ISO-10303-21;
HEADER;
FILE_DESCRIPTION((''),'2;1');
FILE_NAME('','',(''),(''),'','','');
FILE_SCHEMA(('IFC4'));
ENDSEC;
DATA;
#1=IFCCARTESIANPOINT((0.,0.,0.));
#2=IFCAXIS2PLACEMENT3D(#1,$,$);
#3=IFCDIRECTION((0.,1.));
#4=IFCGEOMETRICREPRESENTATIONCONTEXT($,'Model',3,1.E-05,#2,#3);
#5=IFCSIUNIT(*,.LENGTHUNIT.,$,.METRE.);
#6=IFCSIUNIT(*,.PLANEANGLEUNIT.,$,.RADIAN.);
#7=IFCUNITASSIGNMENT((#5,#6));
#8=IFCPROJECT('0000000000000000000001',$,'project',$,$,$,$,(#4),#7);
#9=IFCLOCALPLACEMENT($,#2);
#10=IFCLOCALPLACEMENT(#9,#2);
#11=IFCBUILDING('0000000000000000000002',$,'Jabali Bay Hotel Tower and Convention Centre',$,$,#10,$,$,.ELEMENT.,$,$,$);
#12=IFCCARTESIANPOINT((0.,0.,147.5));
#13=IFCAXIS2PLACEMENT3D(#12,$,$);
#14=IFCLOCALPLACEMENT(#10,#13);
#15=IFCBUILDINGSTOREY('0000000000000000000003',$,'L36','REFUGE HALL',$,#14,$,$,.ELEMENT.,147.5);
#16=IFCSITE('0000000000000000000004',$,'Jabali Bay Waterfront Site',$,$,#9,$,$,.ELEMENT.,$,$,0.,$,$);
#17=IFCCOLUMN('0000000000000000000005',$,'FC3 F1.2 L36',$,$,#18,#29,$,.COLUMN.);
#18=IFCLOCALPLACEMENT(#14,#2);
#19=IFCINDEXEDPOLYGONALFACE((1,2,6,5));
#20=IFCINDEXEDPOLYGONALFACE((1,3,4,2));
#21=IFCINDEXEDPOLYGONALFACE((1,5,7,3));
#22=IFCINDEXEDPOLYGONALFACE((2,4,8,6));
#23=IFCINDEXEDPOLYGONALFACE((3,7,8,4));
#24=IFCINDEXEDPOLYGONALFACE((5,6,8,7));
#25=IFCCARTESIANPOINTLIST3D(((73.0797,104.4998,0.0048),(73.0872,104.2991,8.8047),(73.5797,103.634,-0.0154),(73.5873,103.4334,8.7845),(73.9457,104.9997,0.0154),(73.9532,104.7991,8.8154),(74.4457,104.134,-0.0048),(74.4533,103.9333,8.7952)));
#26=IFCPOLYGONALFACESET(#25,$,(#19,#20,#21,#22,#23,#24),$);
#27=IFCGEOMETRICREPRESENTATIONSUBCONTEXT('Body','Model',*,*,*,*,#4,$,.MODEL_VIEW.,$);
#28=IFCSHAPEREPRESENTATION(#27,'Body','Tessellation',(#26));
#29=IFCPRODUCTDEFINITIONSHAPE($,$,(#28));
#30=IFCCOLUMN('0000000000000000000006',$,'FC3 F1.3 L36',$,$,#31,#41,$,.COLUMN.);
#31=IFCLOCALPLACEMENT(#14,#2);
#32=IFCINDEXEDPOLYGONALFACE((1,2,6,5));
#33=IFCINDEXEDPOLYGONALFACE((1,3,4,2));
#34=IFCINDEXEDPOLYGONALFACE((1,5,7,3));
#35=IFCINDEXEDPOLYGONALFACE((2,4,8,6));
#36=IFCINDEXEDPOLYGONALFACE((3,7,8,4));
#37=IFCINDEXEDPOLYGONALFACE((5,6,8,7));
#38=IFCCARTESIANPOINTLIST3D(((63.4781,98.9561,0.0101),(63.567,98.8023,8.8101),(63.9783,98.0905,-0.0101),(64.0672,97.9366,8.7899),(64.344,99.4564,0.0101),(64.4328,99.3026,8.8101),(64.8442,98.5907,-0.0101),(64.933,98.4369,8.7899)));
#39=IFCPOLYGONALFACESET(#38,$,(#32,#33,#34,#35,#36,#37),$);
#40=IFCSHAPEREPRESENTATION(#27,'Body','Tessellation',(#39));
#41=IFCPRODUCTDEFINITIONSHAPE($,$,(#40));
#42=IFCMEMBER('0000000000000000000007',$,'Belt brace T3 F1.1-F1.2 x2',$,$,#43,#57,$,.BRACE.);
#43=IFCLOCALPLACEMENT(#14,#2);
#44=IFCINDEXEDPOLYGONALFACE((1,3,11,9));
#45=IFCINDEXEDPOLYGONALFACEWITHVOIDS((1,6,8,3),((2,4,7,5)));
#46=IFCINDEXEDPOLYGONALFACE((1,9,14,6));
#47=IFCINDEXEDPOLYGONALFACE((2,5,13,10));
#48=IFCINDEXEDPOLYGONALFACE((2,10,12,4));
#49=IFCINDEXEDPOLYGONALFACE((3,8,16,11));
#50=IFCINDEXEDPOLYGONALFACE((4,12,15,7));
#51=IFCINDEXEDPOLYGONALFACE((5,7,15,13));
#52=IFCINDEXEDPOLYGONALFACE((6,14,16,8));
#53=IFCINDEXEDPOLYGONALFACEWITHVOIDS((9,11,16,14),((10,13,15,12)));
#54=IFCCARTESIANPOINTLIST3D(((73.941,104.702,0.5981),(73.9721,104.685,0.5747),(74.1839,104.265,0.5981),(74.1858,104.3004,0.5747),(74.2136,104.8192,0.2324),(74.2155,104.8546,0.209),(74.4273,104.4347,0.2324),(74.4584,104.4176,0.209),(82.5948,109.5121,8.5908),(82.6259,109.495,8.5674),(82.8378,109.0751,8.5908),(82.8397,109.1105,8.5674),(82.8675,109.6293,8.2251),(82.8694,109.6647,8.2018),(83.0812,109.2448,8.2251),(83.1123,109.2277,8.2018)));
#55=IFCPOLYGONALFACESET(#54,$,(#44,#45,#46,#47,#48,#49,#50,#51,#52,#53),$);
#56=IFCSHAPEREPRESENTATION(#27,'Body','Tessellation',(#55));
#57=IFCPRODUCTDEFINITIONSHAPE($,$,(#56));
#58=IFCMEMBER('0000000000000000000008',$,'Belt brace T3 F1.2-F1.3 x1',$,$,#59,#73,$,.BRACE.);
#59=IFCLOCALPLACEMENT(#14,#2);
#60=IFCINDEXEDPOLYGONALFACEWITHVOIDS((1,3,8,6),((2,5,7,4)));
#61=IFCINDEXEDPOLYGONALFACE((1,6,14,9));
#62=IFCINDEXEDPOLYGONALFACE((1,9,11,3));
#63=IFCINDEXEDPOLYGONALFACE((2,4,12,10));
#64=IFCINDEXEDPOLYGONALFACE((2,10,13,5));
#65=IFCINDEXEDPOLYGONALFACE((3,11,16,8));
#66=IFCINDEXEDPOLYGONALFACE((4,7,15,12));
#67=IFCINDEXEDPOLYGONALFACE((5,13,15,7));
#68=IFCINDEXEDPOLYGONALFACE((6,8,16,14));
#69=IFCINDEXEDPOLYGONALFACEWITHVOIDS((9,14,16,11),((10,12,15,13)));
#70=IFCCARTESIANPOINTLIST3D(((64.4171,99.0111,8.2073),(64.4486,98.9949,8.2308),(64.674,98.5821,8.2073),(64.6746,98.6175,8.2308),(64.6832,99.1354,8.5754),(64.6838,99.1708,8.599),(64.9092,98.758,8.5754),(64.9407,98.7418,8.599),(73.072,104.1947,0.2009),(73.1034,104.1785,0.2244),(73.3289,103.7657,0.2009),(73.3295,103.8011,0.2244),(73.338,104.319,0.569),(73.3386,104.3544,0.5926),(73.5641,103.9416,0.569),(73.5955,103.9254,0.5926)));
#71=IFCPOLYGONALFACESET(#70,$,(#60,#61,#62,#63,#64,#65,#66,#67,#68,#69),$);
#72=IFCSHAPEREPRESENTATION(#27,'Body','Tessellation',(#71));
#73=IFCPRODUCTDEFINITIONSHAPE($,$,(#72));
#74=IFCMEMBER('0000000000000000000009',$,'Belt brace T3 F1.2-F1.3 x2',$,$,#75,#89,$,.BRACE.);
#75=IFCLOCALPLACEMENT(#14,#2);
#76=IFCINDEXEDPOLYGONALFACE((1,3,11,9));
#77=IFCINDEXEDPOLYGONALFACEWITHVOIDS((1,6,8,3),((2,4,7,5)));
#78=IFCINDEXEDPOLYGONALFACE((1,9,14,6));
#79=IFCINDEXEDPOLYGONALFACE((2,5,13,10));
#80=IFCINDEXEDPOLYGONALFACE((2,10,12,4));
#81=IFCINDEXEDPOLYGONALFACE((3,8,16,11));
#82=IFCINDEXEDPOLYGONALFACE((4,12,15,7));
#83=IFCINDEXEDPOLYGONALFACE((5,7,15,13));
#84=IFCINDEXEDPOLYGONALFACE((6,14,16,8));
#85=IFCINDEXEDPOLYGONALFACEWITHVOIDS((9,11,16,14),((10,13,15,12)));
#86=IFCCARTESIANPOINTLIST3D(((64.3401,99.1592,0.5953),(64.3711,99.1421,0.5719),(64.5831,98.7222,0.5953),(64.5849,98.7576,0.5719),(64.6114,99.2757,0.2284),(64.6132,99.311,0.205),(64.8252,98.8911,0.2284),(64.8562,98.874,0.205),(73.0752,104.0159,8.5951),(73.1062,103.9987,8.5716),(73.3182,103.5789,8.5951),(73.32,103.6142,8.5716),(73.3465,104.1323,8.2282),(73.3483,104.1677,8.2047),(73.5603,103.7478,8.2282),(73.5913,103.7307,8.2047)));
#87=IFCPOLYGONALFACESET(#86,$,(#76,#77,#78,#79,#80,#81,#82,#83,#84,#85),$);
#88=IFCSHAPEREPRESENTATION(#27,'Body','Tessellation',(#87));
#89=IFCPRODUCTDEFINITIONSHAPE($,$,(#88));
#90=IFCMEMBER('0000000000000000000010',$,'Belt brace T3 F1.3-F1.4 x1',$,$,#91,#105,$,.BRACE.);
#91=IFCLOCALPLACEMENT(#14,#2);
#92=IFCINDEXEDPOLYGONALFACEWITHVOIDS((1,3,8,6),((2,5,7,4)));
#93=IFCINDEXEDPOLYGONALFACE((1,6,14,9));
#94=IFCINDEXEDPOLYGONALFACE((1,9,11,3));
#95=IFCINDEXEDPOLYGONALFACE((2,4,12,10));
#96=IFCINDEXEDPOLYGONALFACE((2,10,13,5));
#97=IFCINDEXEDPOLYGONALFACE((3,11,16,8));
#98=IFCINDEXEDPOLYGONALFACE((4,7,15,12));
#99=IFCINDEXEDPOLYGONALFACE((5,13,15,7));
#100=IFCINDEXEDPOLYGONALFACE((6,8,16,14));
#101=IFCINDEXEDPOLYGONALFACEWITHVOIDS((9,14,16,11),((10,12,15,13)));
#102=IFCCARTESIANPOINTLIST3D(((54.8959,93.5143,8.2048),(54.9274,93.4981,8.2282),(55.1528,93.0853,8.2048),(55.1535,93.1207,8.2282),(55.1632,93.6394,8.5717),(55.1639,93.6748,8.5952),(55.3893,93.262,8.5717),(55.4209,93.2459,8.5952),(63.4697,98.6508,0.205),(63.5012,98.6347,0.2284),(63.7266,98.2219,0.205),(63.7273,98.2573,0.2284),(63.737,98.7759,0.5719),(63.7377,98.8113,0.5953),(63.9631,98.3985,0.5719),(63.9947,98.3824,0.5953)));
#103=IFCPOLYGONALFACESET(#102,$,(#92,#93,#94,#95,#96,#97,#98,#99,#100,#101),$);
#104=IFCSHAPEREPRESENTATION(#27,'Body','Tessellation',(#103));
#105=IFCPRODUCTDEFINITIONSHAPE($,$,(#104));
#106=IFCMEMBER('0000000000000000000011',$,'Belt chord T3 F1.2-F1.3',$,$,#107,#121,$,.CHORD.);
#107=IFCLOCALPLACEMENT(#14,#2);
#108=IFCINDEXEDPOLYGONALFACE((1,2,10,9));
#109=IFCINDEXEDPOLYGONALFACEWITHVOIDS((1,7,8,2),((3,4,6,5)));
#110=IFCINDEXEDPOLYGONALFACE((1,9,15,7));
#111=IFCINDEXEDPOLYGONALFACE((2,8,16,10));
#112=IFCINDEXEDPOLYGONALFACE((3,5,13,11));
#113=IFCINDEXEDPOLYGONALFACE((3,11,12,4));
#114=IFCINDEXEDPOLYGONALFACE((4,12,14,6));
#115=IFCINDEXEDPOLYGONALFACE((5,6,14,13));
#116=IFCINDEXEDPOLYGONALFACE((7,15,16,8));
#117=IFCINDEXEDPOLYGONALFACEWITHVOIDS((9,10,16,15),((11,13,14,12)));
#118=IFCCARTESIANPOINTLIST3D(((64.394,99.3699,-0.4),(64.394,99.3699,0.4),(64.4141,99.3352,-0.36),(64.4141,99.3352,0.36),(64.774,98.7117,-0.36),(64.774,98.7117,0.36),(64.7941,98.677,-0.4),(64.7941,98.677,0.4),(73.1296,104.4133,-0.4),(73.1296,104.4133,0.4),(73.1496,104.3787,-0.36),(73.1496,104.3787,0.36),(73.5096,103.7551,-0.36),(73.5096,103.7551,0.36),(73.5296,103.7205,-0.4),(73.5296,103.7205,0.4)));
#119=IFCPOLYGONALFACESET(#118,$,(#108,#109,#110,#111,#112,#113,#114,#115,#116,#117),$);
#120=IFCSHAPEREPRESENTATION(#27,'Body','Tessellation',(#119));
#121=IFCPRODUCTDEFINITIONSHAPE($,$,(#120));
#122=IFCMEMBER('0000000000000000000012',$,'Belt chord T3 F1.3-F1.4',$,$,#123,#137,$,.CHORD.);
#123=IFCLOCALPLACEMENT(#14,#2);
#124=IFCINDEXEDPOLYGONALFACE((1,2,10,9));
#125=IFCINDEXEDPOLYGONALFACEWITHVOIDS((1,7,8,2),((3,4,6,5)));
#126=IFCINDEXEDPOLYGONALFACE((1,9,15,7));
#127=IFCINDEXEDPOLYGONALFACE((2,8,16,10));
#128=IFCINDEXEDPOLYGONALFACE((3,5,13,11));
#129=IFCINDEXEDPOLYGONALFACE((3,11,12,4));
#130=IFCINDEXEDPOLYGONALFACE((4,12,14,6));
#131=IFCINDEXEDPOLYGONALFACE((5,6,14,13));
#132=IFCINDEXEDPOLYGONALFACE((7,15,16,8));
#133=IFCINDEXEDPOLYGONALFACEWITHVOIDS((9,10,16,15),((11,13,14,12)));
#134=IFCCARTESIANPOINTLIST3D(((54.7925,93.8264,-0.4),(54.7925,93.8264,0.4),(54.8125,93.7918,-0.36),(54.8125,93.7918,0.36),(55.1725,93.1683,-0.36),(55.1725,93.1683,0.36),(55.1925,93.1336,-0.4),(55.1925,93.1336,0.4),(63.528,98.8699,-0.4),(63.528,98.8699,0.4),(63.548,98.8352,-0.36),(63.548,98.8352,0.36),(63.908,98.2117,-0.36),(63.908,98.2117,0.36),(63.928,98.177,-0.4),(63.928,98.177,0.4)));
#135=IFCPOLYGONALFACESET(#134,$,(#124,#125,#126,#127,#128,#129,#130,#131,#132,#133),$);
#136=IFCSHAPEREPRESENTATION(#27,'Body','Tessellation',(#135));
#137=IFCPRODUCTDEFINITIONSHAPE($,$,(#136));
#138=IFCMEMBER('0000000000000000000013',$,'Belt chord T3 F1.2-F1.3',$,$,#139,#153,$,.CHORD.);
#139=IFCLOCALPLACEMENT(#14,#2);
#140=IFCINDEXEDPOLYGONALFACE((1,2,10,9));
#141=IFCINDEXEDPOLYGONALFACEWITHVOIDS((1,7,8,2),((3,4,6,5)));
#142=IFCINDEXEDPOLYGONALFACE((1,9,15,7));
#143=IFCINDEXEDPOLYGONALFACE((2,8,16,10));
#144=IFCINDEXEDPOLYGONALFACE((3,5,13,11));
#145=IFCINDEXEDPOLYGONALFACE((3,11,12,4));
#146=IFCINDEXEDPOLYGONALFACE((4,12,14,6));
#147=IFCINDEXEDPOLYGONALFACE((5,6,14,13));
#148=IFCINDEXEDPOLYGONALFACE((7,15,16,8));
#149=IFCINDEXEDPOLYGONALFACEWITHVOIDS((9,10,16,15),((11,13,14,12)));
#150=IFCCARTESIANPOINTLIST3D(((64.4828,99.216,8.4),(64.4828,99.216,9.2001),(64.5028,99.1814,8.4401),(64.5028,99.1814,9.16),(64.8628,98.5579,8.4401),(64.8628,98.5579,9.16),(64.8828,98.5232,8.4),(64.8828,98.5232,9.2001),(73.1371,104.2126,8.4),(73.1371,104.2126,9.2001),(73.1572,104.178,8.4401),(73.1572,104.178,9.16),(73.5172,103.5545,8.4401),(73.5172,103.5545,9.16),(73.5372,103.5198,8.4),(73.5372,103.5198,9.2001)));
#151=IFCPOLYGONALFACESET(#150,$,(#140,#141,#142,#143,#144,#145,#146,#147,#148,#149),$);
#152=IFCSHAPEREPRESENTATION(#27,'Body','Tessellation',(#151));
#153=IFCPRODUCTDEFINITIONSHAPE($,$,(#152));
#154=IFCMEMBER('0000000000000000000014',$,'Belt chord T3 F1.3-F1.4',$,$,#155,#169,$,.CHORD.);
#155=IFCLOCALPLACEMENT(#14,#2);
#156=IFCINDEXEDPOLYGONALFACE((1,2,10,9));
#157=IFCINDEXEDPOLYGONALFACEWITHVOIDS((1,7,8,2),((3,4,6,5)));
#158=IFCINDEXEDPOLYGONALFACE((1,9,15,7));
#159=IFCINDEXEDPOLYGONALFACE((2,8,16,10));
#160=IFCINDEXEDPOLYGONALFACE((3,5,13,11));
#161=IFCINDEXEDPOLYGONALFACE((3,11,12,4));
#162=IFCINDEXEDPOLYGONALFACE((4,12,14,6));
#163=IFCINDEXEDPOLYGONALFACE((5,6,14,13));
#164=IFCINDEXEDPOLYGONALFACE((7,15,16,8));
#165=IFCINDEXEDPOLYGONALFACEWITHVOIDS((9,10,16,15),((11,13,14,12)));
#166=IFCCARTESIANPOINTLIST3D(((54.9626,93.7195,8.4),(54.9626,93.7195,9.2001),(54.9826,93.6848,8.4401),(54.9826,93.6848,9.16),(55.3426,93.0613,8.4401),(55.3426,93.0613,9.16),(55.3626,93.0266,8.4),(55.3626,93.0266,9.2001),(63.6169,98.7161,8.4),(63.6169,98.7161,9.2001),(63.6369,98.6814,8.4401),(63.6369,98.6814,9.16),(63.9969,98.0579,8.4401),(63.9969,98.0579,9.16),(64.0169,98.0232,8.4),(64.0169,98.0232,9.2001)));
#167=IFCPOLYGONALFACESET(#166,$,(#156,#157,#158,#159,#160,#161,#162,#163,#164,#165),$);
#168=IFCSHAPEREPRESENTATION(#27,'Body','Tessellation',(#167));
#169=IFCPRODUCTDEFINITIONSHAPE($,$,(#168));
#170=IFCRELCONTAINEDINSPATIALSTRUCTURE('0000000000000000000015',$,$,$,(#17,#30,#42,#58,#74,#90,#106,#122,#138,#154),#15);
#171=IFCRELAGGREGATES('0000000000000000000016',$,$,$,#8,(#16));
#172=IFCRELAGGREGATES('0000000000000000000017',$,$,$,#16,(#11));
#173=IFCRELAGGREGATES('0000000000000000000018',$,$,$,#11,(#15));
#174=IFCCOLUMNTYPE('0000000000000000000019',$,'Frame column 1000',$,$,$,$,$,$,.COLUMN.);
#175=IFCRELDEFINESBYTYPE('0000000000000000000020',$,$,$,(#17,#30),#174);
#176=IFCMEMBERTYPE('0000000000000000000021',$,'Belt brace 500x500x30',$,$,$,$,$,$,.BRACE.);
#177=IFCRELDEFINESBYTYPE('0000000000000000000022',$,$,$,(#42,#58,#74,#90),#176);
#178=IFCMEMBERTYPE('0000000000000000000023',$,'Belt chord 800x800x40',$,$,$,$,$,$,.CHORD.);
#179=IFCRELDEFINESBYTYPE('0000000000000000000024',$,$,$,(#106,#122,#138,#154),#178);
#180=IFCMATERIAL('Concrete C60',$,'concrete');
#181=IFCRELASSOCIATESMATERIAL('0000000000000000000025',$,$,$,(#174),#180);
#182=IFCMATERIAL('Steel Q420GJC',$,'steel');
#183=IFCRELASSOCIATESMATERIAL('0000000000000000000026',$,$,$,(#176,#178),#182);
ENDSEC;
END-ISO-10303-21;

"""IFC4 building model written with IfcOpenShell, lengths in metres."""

from ifc_helpers import new_model, si_unit, direction, frame, origin, origin_2d, place, context, subcontext, project, spatial, rectangle, hollow_rectangle, extrude, material, material_profile, profile_set, type_object, element, save


model = new_model("IFC4")

# Units and contexts
model_context = context("Model", 3, precision=1e-05, world=origin(), true_north=direction((0.0, 1.0)))
body_context = subcontext(model_context, "Body", "Model", "MODEL_VIEW")
ifc_project = project(units=[si_unit("LENGTHUNIT", "METRE"), si_unit("PLANEANGLEUNIT", "RADIAN")], contexts=[model_context])

# Site, building, storey
site_placement = place(None, origin())
site = spatial("IfcSite", under=ifc_project, at=site_placement, Name="Jabali Bay Waterfront Site", CompositionType="ELEMENT", RefElevation=0.0)
building_placement = place(site_placement, origin())
building = spatial("IfcBuilding", under=site, at=building_placement, Name="Jabali Bay Hotel Tower and Convention Centre", CompositionType="ELEMENT")
storey_placement = place(building_placement, frame((0.0, 0.0, 147.5)))
storey = spatial("IfcBuildingStorey", under=building, at=storey_placement, Name="L36", Description="REFUGE HALL", CompositionType="ELEMENT", Elevation=147.5)

# Columns
ifc_material_1 = material(Name="Concrete C60", Category="concrete")
ifc_material_profile_1 = material_profile(ifc_material_1, rectangle(XDim=1.0, YDim=1.0, at=origin_2d()), Name="Frame column 1000")
ifc_profile_set_1 = profile_set([ifc_material_profile_1], Name="Concrete C60")
column_type = type_object("IfcColumnType", Name="Frame column 1000", PredefinedType="COLUMN", material=ifc_profile_set_1)
column_1_placement = place(storey_placement, frame((73.7627, 104.3169, 0.0), z_axis=(0.00086, -0.022799, 0.99974), x_axis=(0.865987, 0.499953, 0.010657)))
element("IfcColumn", 1, at=column_1_placement, inside=storey, type_object=column_type, Name="FC3 F1.2 L36", PredefinedType="COLUMN", context=body_context, shape_type="SweptSolid", body=[
    extrude(rectangle(XDim=1.0, YDim=1.0, at=origin_2d()), origin(), (0.0, 0.0, 1.0), 8.8022),
])
column_2_placement = place(storey_placement, frame((64.1611, 98.7734, 0.0), z_axis=(0.010096, -0.017475, 0.999796), x_axis=(0.865863, 0.500281, 0.0)))
element("IfcColumn", 2, at=column_2_placement, inside=storey, type_object=column_type, Name="FC3 F1.3 L36", PredefinedType="COLUMN", context=body_context, shape_type="SweptSolid", body=[
    extrude(rectangle(XDim=1.0, YDim=1.0, at=origin_2d()), origin(), (0.0, 0.0, 1.0), 8.8018),
])

# Members
ifc_material_2 = material(Name="Steel Q420GJC", Category="steel")
ifc_material_profile_2 = material_profile(ifc_material_2, hollow_rectangle(XDim=0.5, YDim=0.5, WallThickness=0.03, at=origin_2d()), Name="Belt brace 500x500x30")
ifc_profile_set_2 = profile_set([ifc_material_profile_2], Name="Steel Q420GJC")
member_type_1 = type_object("IfcMemberType", Name="Belt brace 500x500x30", PredefinedType="BRACE", material=ifc_profile_set_2)
member_1_placement = place(storey_placement, frame((74.1997, 104.5598, 0.4036), z_axis=(0.680101, 0.378021, 0.628142), x_axis=(-0.485827, 0.874055, 0.0)))
element("IfcMember", 3, at=member_1_placement, inside=storey, type_object=member_type_1, Name="Belt brace T3 F1.1-F1.2 x2", PredefinedType="BRACE", context=body_context, shape_type="SweptSolid", body=[
    extrude(hollow_rectangle(XDim=0.5, YDim=0.5, WallThickness=0.03, at=origin_2d()), origin(), (0.0, 0.0, 1.0), 12.7244),
])
member_2_placement = place(storey_placement, frame((73.3337, 104.0601, 0.3967), z_axis=(-0.671992, -0.402475, 0.621644), x_axis=(0.513819, -0.857898, 0.0)))
element("IfcMember", 4, at=member_2_placement, inside=storey, type_object=member_type_1, Name="Belt brace T3 F1.2-F1.3 x1", PredefinedType="BRACE", context=body_context, shape_type="SweptSolid", body=[
    extrude(hollow_rectangle(XDim=0.5, YDim=0.5, WallThickness=0.03, at=origin_2d()), origin(), (0.0, 0.0, 1.0), 12.8794),
])
member_3_placement = place(storey_placement, frame((64.5981, 99.0166, 0.4001), z_axis=(0.682335, 0.379376, 0.624894), x_axis=(-0.485937, 0.873994, 0.0)))
element("IfcMember", 5, at=member_3_placement, inside=storey, type_object=member_type_1, Name="Belt brace T3 F1.2-F1.3 x2", PredefinedType="BRACE", context=body_context, shape_type="SweptSolid", body=[
    extrude(hollow_rectangle(XDim=0.5, YDim=0.5, WallThickness=0.03, at=origin_2d()), origin(), (0.0, 0.0, 1.0), 12.8018),
])
member_4_placement = place(storey_placement, frame((63.7322, 98.5166, 0.4001), z_axis=(-0.669724, -0.401228, 0.624889), x_axis=(0.513924, -0.857835, 0.0)))
element("IfcMember", 6, at=member_4_placement, inside=storey, type_object=member_type_1, Name="Belt brace T3 F1.3-F1.4 x1", PredefinedType="BRACE", context=body_context, shape_type="SweptSolid", body=[
    extrude(hollow_rectangle(XDim=0.5, YDim=0.5, WallThickness=0.03, at=origin_2d()), origin(), (0.0, 0.0, 1.0), 12.802),
])
ifc_material_profile_3 = material_profile(ifc_material_2, hollow_rectangle(XDim=0.8, YDim=0.8, WallThickness=0.04, at=origin_2d()), Name="Belt chord 800x800x40")
ifc_profile_set_3 = profile_set([ifc_material_profile_3], Name="Steel Q420GJC")
member_type_2 = type_object("IfcMemberType", Name="Belt chord 800x800x40", PredefinedType="CHORD", material=ifc_profile_set_3)
for number, where, z_axis, x_axis, name in (
    (7, (73.3296, 104.0669, 0.0), (-0.866027, -0.499997, 0.0), (0.499997, -0.866027, 0.0), "Belt chord T3 F1.2-F1.3"),
    (8, (63.728, 98.5234, 0.0), (-0.866027, -0.499997, 0.0), (0.499997, -0.866027, 0.0), "Belt chord T3 F1.3-F1.4"),
):
    element("IfcMember", number, at=place(storey_placement, frame(where, z_axis=z_axis, x_axis=x_axis)), inside=storey, type_object=member_type_2, Name=name, PredefinedType="CHORD", context=body_context, shape_type="SweptSolid", body=[
        extrude(hollow_rectangle(XDim=0.8, YDim=0.8, WallThickness=0.04, at=origin_2d()), origin(), (0.0, 0.0, 1.0), 10.0869),
    ])
for number, where, z_axis, x_axis, name in (
    (9, (73.3372, 103.8662, 8.8), (-0.866024, -0.500002, 0.0), (0.500002, -0.866024, 0.0), "Belt chord T3 F1.2-F1.3"),
    (10, (63.8169, 98.3696, 8.8), (-0.866024, -0.500002, 0.0), (0.500002, -0.866024, 0.0), "Belt chord T3 F1.3-F1.4"),
):
    element("IfcMember", number, at=place(storey_placement, frame(where, z_axis=z_axis, x_axis=x_axis)), inside=storey, type_object=member_type_2, Name=name, PredefinedType="CHORD", context=body_context, shape_type="SweptSolid", body=[
        extrude(hollow_rectangle(XDim=0.8, YDim=0.8, WallThickness=0.04, at=origin_2d()), origin(), (0.0, 0.0, 1.0), 9.9932),
    ])

save(model, "model.ifc")
